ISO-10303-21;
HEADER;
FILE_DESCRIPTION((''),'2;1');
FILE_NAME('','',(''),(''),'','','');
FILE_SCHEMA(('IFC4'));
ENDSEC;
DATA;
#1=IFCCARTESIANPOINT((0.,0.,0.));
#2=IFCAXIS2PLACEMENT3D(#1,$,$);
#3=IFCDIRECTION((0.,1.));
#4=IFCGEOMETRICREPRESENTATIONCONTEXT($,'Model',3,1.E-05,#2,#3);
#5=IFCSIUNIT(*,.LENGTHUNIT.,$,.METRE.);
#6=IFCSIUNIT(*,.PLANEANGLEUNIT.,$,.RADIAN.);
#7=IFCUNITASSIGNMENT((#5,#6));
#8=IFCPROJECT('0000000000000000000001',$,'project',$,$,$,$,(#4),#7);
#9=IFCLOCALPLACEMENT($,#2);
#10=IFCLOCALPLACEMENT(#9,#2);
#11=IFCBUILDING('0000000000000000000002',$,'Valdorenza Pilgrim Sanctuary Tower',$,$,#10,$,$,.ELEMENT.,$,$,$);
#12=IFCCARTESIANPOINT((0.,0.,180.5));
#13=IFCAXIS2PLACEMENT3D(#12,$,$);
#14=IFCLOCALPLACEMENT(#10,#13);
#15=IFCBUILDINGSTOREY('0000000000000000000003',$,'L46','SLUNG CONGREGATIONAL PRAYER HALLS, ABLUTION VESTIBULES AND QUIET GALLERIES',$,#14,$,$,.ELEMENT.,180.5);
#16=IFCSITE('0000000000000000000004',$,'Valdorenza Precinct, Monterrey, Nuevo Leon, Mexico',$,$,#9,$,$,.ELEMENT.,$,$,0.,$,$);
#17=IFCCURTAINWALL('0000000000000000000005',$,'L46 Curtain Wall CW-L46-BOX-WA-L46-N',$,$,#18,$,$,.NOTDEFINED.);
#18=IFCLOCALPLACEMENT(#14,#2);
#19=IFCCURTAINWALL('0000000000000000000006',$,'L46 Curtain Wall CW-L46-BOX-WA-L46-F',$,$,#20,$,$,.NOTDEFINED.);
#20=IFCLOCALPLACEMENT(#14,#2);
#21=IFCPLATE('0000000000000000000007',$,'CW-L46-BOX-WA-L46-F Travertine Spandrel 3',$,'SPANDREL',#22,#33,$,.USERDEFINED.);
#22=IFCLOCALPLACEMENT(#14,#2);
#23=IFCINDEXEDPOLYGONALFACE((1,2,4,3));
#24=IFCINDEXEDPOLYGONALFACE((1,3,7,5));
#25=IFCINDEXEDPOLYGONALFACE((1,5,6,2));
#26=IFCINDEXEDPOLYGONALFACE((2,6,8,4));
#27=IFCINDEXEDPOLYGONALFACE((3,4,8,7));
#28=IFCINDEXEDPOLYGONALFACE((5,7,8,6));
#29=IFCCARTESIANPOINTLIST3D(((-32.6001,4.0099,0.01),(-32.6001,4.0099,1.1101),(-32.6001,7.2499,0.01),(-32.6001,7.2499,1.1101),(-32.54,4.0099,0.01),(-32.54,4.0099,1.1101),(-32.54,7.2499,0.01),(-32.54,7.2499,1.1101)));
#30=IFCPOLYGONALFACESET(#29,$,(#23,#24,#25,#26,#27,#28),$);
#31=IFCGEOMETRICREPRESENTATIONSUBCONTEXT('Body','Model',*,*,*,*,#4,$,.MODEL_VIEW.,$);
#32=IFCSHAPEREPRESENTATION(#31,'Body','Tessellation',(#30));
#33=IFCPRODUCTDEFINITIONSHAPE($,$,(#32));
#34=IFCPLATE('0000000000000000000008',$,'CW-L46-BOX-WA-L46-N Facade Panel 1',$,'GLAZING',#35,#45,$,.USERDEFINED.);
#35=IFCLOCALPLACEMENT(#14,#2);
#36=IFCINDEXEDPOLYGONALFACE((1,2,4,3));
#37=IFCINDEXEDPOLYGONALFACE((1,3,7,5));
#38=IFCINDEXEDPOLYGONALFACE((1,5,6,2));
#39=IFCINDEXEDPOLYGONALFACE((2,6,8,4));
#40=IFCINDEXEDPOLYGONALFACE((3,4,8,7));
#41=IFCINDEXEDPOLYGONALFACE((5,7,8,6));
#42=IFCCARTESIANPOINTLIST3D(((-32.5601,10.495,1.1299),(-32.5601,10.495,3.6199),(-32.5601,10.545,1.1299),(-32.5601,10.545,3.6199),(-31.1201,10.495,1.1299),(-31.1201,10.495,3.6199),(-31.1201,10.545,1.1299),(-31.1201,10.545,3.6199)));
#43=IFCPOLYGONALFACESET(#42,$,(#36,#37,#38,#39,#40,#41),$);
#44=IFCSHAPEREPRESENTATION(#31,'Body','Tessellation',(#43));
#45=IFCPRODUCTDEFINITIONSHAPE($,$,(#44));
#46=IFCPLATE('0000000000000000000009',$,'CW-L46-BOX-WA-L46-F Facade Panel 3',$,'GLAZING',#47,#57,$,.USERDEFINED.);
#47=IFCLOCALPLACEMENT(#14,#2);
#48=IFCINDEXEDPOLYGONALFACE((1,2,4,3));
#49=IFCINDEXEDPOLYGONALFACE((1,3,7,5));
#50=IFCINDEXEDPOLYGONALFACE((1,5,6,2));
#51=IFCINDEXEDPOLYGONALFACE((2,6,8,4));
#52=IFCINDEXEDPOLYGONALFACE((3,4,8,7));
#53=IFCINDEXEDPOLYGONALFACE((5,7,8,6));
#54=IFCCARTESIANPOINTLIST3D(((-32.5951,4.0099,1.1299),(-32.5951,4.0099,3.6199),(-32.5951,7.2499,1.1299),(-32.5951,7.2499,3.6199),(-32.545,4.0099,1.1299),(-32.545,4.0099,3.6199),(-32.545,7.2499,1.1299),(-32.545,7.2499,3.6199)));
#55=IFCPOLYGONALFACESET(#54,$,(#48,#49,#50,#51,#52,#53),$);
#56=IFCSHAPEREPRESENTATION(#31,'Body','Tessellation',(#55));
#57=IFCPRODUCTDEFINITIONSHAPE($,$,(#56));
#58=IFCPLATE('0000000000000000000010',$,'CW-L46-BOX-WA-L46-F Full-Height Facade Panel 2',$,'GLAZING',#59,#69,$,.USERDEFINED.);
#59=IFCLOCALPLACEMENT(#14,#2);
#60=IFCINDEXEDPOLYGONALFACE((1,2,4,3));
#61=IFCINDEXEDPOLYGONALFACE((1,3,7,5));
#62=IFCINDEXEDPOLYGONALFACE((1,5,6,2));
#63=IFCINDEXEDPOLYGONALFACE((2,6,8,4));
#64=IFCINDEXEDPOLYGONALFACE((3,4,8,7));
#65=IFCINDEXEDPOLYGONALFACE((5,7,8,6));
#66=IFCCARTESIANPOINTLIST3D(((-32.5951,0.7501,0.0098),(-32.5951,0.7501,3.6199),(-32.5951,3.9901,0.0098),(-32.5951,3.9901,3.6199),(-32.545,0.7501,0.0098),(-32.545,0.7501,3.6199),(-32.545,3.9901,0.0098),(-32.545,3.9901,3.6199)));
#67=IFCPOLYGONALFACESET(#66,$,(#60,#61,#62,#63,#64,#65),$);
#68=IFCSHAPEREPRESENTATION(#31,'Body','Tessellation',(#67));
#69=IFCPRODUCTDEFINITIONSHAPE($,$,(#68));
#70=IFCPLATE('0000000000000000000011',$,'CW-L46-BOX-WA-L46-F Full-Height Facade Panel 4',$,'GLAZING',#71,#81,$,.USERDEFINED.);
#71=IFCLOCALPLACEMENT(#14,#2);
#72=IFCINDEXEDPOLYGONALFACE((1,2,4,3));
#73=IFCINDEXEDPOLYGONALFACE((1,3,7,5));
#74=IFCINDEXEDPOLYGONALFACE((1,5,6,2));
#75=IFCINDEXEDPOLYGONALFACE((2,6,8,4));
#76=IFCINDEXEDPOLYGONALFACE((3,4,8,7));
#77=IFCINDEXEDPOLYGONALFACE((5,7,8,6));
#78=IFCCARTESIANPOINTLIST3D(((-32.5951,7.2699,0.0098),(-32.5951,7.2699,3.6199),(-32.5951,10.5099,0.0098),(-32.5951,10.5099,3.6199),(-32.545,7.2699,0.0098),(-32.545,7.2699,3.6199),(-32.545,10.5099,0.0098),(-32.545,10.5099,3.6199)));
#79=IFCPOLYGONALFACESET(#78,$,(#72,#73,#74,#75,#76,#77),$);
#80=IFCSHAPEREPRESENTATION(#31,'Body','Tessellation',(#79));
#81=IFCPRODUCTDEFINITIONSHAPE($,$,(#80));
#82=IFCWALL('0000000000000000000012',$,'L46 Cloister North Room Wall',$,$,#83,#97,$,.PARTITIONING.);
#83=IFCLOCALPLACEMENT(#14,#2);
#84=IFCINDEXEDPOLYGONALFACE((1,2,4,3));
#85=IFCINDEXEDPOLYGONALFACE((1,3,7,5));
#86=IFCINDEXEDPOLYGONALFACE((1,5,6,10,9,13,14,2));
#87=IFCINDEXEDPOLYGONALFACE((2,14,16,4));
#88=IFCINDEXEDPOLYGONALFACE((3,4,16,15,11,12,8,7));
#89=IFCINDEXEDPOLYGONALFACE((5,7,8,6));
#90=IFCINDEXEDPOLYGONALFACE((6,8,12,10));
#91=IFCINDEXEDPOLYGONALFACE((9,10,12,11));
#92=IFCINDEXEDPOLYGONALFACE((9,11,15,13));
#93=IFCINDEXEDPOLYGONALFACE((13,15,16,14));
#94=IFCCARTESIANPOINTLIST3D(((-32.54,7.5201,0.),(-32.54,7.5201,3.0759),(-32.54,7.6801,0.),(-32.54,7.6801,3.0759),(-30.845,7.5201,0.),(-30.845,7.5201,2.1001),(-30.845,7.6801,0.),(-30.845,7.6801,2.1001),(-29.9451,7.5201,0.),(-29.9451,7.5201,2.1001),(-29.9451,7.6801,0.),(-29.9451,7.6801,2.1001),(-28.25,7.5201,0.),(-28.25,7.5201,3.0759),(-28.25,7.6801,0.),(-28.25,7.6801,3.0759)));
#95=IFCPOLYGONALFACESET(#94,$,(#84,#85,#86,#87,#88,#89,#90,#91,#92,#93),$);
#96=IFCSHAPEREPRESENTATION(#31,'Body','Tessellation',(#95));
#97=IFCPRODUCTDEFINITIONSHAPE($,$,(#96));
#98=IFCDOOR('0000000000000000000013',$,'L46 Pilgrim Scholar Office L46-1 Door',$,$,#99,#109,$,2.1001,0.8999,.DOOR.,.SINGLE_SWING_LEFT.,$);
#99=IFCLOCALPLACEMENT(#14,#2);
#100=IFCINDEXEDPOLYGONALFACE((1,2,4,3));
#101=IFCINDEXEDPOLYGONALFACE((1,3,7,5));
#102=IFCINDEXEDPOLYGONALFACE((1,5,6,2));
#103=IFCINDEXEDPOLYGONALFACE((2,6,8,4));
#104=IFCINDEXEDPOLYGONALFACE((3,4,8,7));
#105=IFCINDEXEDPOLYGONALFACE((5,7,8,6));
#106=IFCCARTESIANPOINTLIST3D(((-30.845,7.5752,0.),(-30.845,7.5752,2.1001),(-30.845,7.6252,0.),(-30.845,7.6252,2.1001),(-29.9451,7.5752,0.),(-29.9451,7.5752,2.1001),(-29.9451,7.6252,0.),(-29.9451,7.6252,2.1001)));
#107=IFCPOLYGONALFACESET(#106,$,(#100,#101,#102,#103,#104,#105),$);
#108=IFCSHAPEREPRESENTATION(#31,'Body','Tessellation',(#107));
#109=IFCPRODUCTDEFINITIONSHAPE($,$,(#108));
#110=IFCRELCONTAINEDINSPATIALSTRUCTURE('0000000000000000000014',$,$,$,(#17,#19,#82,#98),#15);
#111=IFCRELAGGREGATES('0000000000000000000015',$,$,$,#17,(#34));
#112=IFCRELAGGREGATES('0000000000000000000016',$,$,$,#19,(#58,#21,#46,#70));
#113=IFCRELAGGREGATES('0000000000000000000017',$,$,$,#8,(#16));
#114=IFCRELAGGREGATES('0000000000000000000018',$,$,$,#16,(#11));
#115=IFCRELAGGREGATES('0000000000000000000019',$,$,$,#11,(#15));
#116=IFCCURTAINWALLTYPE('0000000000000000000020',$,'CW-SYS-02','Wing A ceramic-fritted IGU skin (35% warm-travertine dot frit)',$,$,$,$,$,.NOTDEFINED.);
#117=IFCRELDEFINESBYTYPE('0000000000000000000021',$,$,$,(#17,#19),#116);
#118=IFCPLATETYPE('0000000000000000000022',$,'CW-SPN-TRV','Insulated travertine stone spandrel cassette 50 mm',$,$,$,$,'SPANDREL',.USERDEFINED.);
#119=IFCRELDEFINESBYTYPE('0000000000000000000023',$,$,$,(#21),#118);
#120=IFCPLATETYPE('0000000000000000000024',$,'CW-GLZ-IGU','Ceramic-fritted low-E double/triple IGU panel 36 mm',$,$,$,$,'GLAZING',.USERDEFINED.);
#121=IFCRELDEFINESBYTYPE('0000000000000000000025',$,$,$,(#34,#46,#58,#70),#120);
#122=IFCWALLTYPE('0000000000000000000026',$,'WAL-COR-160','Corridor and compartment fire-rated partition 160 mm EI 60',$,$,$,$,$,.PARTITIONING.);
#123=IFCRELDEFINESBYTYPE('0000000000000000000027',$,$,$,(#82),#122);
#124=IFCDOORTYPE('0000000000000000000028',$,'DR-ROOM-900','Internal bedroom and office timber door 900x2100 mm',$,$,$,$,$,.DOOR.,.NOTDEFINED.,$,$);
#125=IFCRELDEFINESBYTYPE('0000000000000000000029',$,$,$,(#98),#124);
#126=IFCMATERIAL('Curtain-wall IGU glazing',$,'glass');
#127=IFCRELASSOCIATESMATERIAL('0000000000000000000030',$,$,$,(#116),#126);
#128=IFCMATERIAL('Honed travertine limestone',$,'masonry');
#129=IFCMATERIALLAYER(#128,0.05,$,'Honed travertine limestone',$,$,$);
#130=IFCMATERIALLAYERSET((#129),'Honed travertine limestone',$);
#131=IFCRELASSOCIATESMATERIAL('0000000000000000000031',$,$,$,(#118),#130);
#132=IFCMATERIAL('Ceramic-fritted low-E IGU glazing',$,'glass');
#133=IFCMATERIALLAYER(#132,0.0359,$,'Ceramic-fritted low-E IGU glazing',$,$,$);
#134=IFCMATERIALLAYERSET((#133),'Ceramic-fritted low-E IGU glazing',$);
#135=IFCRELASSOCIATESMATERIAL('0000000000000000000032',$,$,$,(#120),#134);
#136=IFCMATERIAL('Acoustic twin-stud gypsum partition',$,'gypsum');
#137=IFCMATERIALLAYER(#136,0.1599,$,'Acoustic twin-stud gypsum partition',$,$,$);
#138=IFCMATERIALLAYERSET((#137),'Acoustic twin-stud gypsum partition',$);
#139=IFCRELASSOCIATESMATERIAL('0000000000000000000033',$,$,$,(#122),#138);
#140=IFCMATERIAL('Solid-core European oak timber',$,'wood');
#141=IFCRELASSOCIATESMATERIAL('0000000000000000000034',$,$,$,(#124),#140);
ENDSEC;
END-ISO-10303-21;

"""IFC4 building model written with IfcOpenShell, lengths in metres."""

from ifc_helpers import new_model, si_unit, direction, frame, frame_2d, origin, origin_2d, place, context, subcontext, project, spatial, rectangle, extrude, source, transform, mapped, material, layer, layer_set, type_object, element, fill, aggregate, save


model = new_model("IFC4")

# Units and contexts
model_context = context("Model", 3, precision=1e-05, world=origin(), true_north=direction((0.0, 1.0)))
body_context = subcontext(model_context, "Body", "Model", "MODEL_VIEW")
ifc_project = project(units=[si_unit("LENGTHUNIT", "METRE"), si_unit("PLANEANGLEUNIT", "RADIAN")], contexts=[model_context])

# Site, building, storey
site_placement = place(None, origin())
site = spatial("IfcSite", under=ifc_project, at=site_placement, Name="Valdorenza Precinct, Monterrey, Nuevo Leon, Mexico", CompositionType="ELEMENT", RefElevation=0.0)
building_placement = place(site_placement, origin())
building = spatial("IfcBuilding", under=site, at=building_placement, Name="Valdorenza Pilgrim Sanctuary Tower", CompositionType="ELEMENT")
storey_placement = place(building_placement, frame((0.0, 0.0, 180.5)))
storey = spatial("IfcBuildingStorey", under=building, at=storey_placement, Name="L46", Description="SLUNG CONGREGATIONAL PRAYER HALLS, ABLUTION VESTIBULES AND QUIET GALLERIES", CompositionType="ELEMENT", Elevation=180.5)

# Curtain wall
ifc_material_1 = material(Name="Curtain-wall IGU glazing", Category="glass")
curtain_wall_type = type_object("IfcCurtainWallType", Name="CW-SYS-02", Description="Wing A ceramic-fritted IGU skin (35% warm-travertine dot frit)", PredefinedType="NOTDEFINED", material=ifc_material_1)
curtain_wall_1_placement = place(storey_placement, origin())
curtain_wall_1 = element("IfcCurtainWall", 1, at=curtain_wall_1_placement, inside=storey, type_object=curtain_wall_type, Name="L46 Curtain Wall CW-L46-BOX-WA-L46-N", PredefinedType="NOTDEFINED")

# Curtain wall
curtain_wall_2_placement = place(storey_placement, origin())
curtain_wall_2 = element("IfcCurtainWall", 2, at=curtain_wall_2_placement, inside=storey, type_object=curtain_wall_type, Name="L46 Curtain Wall CW-L46-BOX-WA-L46-F", PredefinedType="NOTDEFINED")

# Plates
ifc_material_2 = material(Name="Honed travertine limestone", Category="masonry")
ifc_layer_1 = layer(ifc_material_2, 0.05, Name="Honed travertine limestone")
ifc_layer_set_1 = layer_set([ifc_layer_1], Name="Honed travertine limestone")
plate_type_1 = type_object("IfcPlateType", Name="CW-SPN-TRV", Description="Insulated travertine stone spandrel cassette 50 mm", ElementType="SPANDREL", PredefinedType="USERDEFINED", material=ifc_layer_set_1)
shared_shape_1 = source(origin(), body_context, "Body", "SweptSolid", [
    extrude(rectangle(XDim=3.24, YDim=0.0601, at=origin_2d()), origin(), (0.0, 0.0, 1.0), 1.1001),
])
plate_1_placement = place(storey_placement, frame((-32.5701, 5.6299, 0.01), z_axis=(0.0, 0.0, 1.0), x_axis=(0.0, 1.0, 0.0)))
plate_1 = element("IfcPlate", 3, at=plate_1_placement, type_object=plate_type_1, Name="CW-L46-BOX-WA-L46-F Travertine Spandrel 3", ObjectType="SPANDREL", PredefinedType="USERDEFINED", context=body_context, shape_type="MappedRepresentation", body=[
    mapped(shared_shape_1, transform((0.0, 0.0, 0.0), x_axis=(1.0, 0.0, 0.0), y_axis=(0.0, 1.0, 0.0), z_axis=(0.0, 0.0, 1.0), scale=1.0)),
])
ifc_material_3 = material(Name="Ceramic-fritted low-E IGU glazing", Category="glass")
ifc_layer_2 = layer(ifc_material_3, 0.0359, Name="Ceramic-fritted low-E IGU glazing")
ifc_layer_set_2 = layer_set([ifc_layer_2], Name="Ceramic-fritted low-E IGU glazing")
plate_type_2 = type_object("IfcPlateType", Name="CW-GLZ-IGU", Description="Ceramic-fritted low-E double/triple IGU panel 36 mm", ElementType="GLAZING", PredefinedType="USERDEFINED", material=ifc_layer_set_2)
shared_shape_2 = source(origin(), body_context, "Body", "SweptSolid", [
    extrude(rectangle(XDim=1.4399, YDim=0.05, at=origin_2d()), origin(), (0.0, 0.0, 1.0), 2.49),
])
plate_2_placement = place(storey_placement, frame((-31.8401, 10.52, 1.1299), z_axis=(0.0, 0.0, 1.0), x_axis=(1.0, 0.0, 0.0)))
plate_2 = element("IfcPlate", 4, at=plate_2_placement, type_object=plate_type_2, Name="CW-L46-BOX-WA-L46-N Facade Panel 1", ObjectType="GLAZING", PredefinedType="USERDEFINED", context=body_context, shape_type="MappedRepresentation", body=[
    mapped(shared_shape_2, transform((0.0, 0.0, 0.0), x_axis=(1.0, 0.0, 0.0), y_axis=(0.0, 1.0, 0.0), z_axis=(0.0, 0.0, 1.0), scale=1.0)),
])
aggregate(curtain_wall_1, [plate_2])
shared_shape_3 = source(origin(), body_context, "Body", "SweptSolid", [
    extrude(rectangle(XDim=3.24, YDim=0.05, at=origin_2d()), origin(), (0.0, 0.0, 1.0), 2.49),
])
plate_3_placement = place(storey_placement, frame((-32.5701, 5.6299, 1.1299), z_axis=(0.0, 0.0, 1.0), x_axis=(0.0, 1.0, 0.0)))
plate_3 = element("IfcPlate", 5, at=plate_3_placement, type_object=plate_type_2, Name="CW-L46-BOX-WA-L46-F Facade Panel 3", ObjectType="GLAZING", PredefinedType="USERDEFINED", context=body_context, shape_type="MappedRepresentation", body=[
    mapped(shared_shape_3, transform((0.0, 0.0, 0.0), x_axis=(1.0, 0.0, 0.0), y_axis=(0.0, 1.0, 0.0), z_axis=(0.0, 0.0, 1.0), scale=1.0)),
])
shared_shape_4 = source(origin(), body_context, "Body", "SweptSolid", [
    extrude(rectangle(XDim=3.24, YDim=0.05, at=origin_2d()), origin(), (0.0, 0.0, 1.0), 3.6101),
])
plate_4_placement = place(storey_placement, frame((-32.5701, 2.3701, 0.0098), z_axis=(0.0, 0.0, 1.0), x_axis=(0.0, 1.0, 0.0)))
plate_4 = element("IfcPlate", 6, at=plate_4_placement, type_object=plate_type_2, Name="CW-L46-BOX-WA-L46-F Full-Height Facade Panel 2", ObjectType="GLAZING", PredefinedType="USERDEFINED", context=body_context, shape_type="MappedRepresentation", body=[
    mapped(shared_shape_4, transform((0.0, 0.0, 0.0), x_axis=(1.0, 0.0, 0.0), y_axis=(0.0, 1.0, 0.0), z_axis=(0.0, 0.0, 1.0), scale=1.0)),
])
plate_5_placement = place(storey_placement, frame((-32.5701, 8.8899, 0.0098), z_axis=(0.0, 0.0, 1.0), x_axis=(0.0, 1.0, 0.0)))
plate_5 = element("IfcPlate", 7, at=plate_5_placement, type_object=plate_type_2, Name="CW-L46-BOX-WA-L46-F Full-Height Facade Panel 4", ObjectType="GLAZING", PredefinedType="USERDEFINED", context=body_context, shape_type="MappedRepresentation", body=[
    mapped(shared_shape_4, transform((0.0, 0.0, 0.0), x_axis=(1.0, 0.0, 0.0), y_axis=(0.0, 1.0, 0.0), z_axis=(0.0, 0.0, 1.0), scale=1.0)),
])
aggregate(curtain_wall_2, [plate_4, plate_1, plate_3, plate_5])

# Wall, opening, door
ifc_material_4 = material(Name="Acoustic twin-stud gypsum partition", Category="gypsum")
ifc_layer_3 = layer(ifc_material_4, 0.1599, Name="Acoustic twin-stud gypsum partition")
ifc_layer_set_3 = layer_set([ifc_layer_3], Name="Acoustic twin-stud gypsum partition")
wall_type = type_object("IfcWallType", Name="WAL-COR-160", Description="Corridor and compartment fire-rated partition 160 mm EI 60", PredefinedType="PARTITIONING", material=ifc_layer_set_3)
wall_1_placement = place(storey_placement, frame((-32.54, 7.6001, 0.0), z_axis=(0.0, 0.0, 1.0), x_axis=(1.0, 0.0, 0.0)))
wall_1 = element("IfcWall", 8, at=wall_1_placement, inside=storey, type_object=wall_type, Name="L46 Cloister North Room Wall", PredefinedType="PARTITIONING", context=body_context, shape_type="SweptSolid", body=[
    extrude(rectangle(XDim=4.29, YDim=0.1599, at=frame_2d((2.145, 0.0))), origin(), (0.0, 0.0, 1.0), 3.0759),
])
opening_1_placement = place(wall_1_placement, frame((1.6951, 0.0, 0.0)))
opening_1 = element("IfcOpeningElement", 9, at=opening_1_placement, cuts=wall_1, PredefinedType="OPENING", context=body_context, shape_type="SweptSolid", body=[
    extrude(rectangle(XDim=0.8999, YDim=2.1001, at=frame_2d((0.45, 1.05))), frame((0.0, 0.0947, 0.0), z_axis=(0.0, -1.0, 0.0), x_axis=(1.0, 0.0, 0.0)), (0.0, 0.0, 1.0), 0.1897),
])
ifc_material_5 = material(Name="Solid-core European oak timber", Category="wood")
door_type_1 = type_object("IfcDoorType", Name="DR-ROOM-900", Description="Internal bedroom and office timber door 900x2100 mm", OperationType="NOTDEFINED", PredefinedType="DOOR", material=ifc_material_5)
door_1_placement = place(opening_1_placement, frame((0.8999, 0.0, 0.0), z_axis=(0.0, 0.0, 1.0), x_axis=(-1.0, 0.0, 0.0)))
door_1 = element("IfcDoor", 10, at=door_1_placement, inside=storey, type_object=door_type_1, Name="L46 Pilgrim Scholar Office L46-1 Door", OperationType="SINGLE_SWING_LEFT", OverallHeight=2.1001, OverallWidth=0.8999, PredefinedType="DOOR", context=body_context, shape_type="SweptSolid", body=[
    extrude(rectangle(XDim=0.8999, YDim=2.1001, at=frame_2d((0.45, 1.05))), frame((0.0, 0.0249, 0.0), z_axis=(0.0, -1.0, 0.0), x_axis=(1.0, 0.0, 0.0)), (0.0, 0.0, 1.0), 0.05),
])
fill(opening_1, door_1)

save(model, "model.ifc")
